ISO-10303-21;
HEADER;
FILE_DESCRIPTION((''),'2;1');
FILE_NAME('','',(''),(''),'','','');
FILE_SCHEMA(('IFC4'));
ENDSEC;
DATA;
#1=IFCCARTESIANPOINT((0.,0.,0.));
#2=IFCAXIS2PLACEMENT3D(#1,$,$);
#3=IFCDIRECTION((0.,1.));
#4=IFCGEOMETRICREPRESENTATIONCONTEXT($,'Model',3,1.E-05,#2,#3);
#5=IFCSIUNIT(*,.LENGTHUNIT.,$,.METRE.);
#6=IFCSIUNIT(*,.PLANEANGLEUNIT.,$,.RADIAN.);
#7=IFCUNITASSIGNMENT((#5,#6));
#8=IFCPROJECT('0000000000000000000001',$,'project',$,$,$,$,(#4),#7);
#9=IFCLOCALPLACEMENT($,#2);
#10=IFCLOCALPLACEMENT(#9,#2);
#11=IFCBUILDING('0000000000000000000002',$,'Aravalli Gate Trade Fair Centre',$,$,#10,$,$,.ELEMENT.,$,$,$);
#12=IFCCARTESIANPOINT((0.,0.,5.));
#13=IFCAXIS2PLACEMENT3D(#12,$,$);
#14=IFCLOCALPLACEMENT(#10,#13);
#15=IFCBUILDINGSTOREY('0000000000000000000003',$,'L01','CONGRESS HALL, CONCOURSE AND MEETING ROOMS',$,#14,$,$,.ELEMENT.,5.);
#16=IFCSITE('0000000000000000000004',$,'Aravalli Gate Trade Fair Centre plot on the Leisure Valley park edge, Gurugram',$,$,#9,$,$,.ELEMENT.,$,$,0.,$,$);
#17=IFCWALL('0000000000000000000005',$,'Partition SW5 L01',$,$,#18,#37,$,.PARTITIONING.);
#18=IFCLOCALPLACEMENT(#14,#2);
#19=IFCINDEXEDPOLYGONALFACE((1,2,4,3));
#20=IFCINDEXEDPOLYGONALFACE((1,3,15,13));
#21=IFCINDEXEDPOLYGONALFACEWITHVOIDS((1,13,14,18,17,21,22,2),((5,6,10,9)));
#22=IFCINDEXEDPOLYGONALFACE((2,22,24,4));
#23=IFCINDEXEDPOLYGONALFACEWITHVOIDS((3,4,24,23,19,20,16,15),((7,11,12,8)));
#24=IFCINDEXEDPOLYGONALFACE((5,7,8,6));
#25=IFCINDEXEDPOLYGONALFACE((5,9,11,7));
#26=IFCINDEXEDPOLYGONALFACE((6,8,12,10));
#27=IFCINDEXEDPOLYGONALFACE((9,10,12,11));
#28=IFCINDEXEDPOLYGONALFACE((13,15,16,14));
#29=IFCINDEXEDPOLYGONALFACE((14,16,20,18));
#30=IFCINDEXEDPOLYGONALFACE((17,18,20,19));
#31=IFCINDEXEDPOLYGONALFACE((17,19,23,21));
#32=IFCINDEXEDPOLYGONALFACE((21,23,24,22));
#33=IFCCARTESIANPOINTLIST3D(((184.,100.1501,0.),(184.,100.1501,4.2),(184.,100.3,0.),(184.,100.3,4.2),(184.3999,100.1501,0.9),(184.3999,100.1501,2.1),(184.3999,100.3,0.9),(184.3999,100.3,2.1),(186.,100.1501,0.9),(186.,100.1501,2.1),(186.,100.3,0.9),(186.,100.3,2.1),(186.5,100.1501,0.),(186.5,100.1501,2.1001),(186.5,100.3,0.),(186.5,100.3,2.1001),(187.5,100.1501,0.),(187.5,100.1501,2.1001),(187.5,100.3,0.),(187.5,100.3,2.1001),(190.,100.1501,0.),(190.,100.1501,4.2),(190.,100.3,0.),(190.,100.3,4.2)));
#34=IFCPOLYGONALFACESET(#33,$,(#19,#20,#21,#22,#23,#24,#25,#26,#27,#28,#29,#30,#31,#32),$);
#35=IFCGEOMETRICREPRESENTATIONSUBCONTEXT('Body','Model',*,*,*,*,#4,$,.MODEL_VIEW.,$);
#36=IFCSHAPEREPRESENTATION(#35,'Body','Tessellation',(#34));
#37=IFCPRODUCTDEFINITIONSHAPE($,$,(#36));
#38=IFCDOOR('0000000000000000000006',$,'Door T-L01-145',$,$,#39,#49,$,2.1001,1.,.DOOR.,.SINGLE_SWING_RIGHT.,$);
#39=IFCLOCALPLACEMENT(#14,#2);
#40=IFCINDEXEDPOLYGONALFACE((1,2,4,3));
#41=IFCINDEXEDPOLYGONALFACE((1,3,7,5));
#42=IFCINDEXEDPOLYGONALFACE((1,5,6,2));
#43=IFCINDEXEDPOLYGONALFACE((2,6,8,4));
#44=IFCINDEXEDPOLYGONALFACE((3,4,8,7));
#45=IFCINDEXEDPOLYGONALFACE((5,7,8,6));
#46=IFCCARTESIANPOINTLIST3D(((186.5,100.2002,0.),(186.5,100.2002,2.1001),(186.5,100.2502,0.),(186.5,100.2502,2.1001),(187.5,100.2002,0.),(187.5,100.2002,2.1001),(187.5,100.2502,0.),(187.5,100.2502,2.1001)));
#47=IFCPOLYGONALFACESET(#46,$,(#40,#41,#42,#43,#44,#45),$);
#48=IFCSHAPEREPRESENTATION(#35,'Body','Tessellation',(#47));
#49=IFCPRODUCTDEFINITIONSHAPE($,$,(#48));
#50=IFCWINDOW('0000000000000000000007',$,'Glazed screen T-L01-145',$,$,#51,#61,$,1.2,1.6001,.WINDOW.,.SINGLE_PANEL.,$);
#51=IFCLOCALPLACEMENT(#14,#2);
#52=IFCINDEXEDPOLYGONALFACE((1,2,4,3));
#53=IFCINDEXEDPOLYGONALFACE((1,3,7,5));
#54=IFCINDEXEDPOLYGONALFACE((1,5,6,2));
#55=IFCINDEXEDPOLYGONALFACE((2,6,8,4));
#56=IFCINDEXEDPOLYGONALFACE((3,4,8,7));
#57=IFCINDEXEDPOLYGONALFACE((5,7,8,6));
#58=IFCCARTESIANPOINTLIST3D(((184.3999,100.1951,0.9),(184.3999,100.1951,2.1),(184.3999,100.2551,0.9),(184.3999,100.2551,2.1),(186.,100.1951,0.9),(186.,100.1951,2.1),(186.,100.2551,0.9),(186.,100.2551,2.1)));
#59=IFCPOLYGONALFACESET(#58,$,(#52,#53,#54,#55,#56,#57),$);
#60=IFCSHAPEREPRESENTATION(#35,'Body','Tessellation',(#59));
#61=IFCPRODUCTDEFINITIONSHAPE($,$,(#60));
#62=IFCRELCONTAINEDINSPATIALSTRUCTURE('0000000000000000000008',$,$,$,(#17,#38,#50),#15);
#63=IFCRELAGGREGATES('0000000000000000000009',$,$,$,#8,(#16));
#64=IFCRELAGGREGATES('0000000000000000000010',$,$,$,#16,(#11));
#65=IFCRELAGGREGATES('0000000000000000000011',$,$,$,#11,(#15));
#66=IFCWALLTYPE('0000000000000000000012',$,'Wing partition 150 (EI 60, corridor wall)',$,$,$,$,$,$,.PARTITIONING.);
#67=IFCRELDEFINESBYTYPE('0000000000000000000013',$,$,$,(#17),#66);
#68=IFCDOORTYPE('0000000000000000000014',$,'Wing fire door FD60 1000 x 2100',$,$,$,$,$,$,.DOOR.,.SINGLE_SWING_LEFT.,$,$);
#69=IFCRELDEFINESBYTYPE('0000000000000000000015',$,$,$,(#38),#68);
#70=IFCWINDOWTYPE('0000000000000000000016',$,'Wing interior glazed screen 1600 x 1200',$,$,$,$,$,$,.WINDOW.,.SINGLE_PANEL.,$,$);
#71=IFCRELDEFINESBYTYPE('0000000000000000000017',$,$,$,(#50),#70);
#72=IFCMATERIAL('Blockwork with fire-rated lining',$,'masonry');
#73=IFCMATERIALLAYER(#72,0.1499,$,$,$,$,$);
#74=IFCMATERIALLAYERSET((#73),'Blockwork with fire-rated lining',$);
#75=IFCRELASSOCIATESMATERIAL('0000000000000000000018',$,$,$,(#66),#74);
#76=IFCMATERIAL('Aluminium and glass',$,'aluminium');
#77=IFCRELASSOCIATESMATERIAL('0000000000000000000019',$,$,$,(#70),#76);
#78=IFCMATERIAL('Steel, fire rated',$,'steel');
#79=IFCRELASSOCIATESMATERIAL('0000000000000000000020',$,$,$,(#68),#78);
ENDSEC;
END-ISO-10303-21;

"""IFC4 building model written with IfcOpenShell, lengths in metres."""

from ifc_helpers import new_model, si_unit, direction, frame, frame_2d, origin, place, context, subcontext, project, spatial, rectangle, extrude, material, layer, layer_set, type_object, element, fill, save


model = new_model("IFC4")

# Units and contexts
model_context = context("Model", 3, precision=1e-05, world=origin(), true_north=direction((0.0, 1.0)))
body_context = subcontext(model_context, "Body", "Model", "MODEL_VIEW")
ifc_project = project(units=[si_unit("LENGTHUNIT", "METRE"), si_unit("PLANEANGLEUNIT", "RADIAN")], contexts=[model_context])

# Site, building, storey
site_placement = place(None, origin())
site = spatial("IfcSite", under=ifc_project, at=site_placement, Name="Aravalli Gate Trade Fair Centre plot on the Leisure Valley park edge, Gurugram", CompositionType="ELEMENT", RefElevation=0.0)
building_placement = place(site_placement, origin())
building = spatial("IfcBuilding", under=site, at=building_placement, Name="Aravalli Gate Trade Fair Centre", CompositionType="ELEMENT")
storey_placement = place(building_placement, frame((0.0, 0.0, 5.0)))
storey = spatial("IfcBuildingStorey", under=building, at=storey_placement, Name="L01", Description="CONGRESS HALL, CONCOURSE AND MEETING ROOMS", CompositionType="ELEMENT", Elevation=5.0)

# Shared definitions
ifc_material_1 = material(Name="Steel, fire rated", Category="steel")

# Shared definitions
ifc_material_2 = material(Name="Blockwork with fire-rated lining", Category="masonry")
ifc_layer_1 = layer(ifc_material_2, 0.1499)
ifc_layer_set_1 = layer_set([ifc_layer_1], Name="Blockwork with fire-rated lining")
wall_type_1 = type_object("IfcWallType", Name="Wing partition 150 (EI 60, corridor wall)", PredefinedType="PARTITIONING", material=ifc_layer_set_1)

# Shared definitions
ifc_material_3 = material(Name="Aluminium and glass", Category="aluminium")
window_type = type_object("IfcWindowType", Name="Wing interior glazed screen 1600 x 1200", PartitioningType="SINGLE_PANEL", PredefinedType="WINDOW", material=ifc_material_3)

# Wall, openings, door, window
wall_1_placement = place(storey_placement, frame((184.0, 100.2251, 0.0), z_axis=(0.0, 0.0, 1.0), x_axis=(1.0, 0.0, 0.0)))
wall_1 = element("IfcWall", 1, at=wall_1_placement, inside=storey, type_object=wall_type_1, Name="Partition SW5 L01", PredefinedType="PARTITIONING", context=body_context, shape_type="SweptSolid", body=[
    extrude(rectangle(XDim=6.0, YDim=0.1499, at=frame_2d((3.0, 0.0))), origin(), (0.0, 0.0, 1.0), 4.2),
])
opening_1_placement = place(wall_1_placement, frame((0.3999, 0.0, 0.8999)))
opening_1 = element("IfcOpeningElement", 2, at=opening_1_placement, cuts=wall_1, PredefinedType="OPENING", context=body_context, shape_type="SweptSolid", body=[
    extrude(rectangle(XDim=1.6001, YDim=1.2, at=frame_2d((0.8, 0.6001))), frame((0.0, 0.085, 0.0), z_axis=(0.0, -1.0, 0.0), x_axis=(1.0, 0.0, 0.0)), (0.0, 0.0, 1.0), 0.1699),
])
opening_2_placement = place(wall_1_placement, frame((2.5, 0.0, 0.0)))
opening_2 = element("IfcOpeningElement", 3, at=opening_2_placement, cuts=wall_1, PredefinedType="OPENING", context=body_context, shape_type="SweptSolid", body=[
    extrude(rectangle(XDim=1.0, YDim=2.1001, at=frame_2d((0.5, 1.05))), frame((0.0, 0.085, 0.0), z_axis=(0.0, -1.0, 0.0), x_axis=(1.0, 0.0, 0.0)), (0.0, 0.0, 1.0), 0.1699),
])
door_type_1 = type_object("IfcDoorType", Name="Wing fire door FD60 1000 x 2100", OperationType="SINGLE_SWING_LEFT", PredefinedType="DOOR", material=ifc_material_1)
door_1_placement = place(opening_2_placement, frame((1.0, 0.0, 0.0), z_axis=(0.0, 0.0, 1.0), x_axis=(-1.0, 0.0, 0.0)))
door_1 = element("IfcDoor", 4, at=door_1_placement, inside=storey, type_object=door_type_1, Name="Door T-L01-145", OperationType="SINGLE_SWING_RIGHT", OverallHeight=2.1001, OverallWidth=1.0, PredefinedType="DOOR", context=body_context, shape_type="SweptSolid", body=[
    extrude(rectangle(XDim=1.0, YDim=2.1001, at=frame_2d((0.5, 1.05))), frame((0.0, 0.0249, 0.0), z_axis=(0.0, -1.0, 0.0), x_axis=(1.0, 0.0, 0.0)), (0.0, 0.0, 1.0), 0.05),
])
fill(opening_2, door_1)
window_1_placement = place(opening_1_placement, origin())
window_1 = element("IfcWindow", 5, at=window_1_placement, inside=storey, type_object=window_type, Name="Glazed screen T-L01-145", OverallHeight=1.2, OverallWidth=1.6001, PartitioningType="SINGLE_PANEL", PredefinedType="WINDOW", context=body_context, shape_type="SweptSolid", body=[
    extrude(rectangle(XDim=1.6001, YDim=1.2, at=frame_2d((0.8, 0.6001))), frame((0.0, 0.03, 0.0), z_axis=(0.0, -1.0, 0.0), x_axis=(1.0, 0.0, 0.0)), (0.0, 0.0, 1.0), 0.0601),
])
fill(opening_1, window_1)

save(model, "model.ifc")
